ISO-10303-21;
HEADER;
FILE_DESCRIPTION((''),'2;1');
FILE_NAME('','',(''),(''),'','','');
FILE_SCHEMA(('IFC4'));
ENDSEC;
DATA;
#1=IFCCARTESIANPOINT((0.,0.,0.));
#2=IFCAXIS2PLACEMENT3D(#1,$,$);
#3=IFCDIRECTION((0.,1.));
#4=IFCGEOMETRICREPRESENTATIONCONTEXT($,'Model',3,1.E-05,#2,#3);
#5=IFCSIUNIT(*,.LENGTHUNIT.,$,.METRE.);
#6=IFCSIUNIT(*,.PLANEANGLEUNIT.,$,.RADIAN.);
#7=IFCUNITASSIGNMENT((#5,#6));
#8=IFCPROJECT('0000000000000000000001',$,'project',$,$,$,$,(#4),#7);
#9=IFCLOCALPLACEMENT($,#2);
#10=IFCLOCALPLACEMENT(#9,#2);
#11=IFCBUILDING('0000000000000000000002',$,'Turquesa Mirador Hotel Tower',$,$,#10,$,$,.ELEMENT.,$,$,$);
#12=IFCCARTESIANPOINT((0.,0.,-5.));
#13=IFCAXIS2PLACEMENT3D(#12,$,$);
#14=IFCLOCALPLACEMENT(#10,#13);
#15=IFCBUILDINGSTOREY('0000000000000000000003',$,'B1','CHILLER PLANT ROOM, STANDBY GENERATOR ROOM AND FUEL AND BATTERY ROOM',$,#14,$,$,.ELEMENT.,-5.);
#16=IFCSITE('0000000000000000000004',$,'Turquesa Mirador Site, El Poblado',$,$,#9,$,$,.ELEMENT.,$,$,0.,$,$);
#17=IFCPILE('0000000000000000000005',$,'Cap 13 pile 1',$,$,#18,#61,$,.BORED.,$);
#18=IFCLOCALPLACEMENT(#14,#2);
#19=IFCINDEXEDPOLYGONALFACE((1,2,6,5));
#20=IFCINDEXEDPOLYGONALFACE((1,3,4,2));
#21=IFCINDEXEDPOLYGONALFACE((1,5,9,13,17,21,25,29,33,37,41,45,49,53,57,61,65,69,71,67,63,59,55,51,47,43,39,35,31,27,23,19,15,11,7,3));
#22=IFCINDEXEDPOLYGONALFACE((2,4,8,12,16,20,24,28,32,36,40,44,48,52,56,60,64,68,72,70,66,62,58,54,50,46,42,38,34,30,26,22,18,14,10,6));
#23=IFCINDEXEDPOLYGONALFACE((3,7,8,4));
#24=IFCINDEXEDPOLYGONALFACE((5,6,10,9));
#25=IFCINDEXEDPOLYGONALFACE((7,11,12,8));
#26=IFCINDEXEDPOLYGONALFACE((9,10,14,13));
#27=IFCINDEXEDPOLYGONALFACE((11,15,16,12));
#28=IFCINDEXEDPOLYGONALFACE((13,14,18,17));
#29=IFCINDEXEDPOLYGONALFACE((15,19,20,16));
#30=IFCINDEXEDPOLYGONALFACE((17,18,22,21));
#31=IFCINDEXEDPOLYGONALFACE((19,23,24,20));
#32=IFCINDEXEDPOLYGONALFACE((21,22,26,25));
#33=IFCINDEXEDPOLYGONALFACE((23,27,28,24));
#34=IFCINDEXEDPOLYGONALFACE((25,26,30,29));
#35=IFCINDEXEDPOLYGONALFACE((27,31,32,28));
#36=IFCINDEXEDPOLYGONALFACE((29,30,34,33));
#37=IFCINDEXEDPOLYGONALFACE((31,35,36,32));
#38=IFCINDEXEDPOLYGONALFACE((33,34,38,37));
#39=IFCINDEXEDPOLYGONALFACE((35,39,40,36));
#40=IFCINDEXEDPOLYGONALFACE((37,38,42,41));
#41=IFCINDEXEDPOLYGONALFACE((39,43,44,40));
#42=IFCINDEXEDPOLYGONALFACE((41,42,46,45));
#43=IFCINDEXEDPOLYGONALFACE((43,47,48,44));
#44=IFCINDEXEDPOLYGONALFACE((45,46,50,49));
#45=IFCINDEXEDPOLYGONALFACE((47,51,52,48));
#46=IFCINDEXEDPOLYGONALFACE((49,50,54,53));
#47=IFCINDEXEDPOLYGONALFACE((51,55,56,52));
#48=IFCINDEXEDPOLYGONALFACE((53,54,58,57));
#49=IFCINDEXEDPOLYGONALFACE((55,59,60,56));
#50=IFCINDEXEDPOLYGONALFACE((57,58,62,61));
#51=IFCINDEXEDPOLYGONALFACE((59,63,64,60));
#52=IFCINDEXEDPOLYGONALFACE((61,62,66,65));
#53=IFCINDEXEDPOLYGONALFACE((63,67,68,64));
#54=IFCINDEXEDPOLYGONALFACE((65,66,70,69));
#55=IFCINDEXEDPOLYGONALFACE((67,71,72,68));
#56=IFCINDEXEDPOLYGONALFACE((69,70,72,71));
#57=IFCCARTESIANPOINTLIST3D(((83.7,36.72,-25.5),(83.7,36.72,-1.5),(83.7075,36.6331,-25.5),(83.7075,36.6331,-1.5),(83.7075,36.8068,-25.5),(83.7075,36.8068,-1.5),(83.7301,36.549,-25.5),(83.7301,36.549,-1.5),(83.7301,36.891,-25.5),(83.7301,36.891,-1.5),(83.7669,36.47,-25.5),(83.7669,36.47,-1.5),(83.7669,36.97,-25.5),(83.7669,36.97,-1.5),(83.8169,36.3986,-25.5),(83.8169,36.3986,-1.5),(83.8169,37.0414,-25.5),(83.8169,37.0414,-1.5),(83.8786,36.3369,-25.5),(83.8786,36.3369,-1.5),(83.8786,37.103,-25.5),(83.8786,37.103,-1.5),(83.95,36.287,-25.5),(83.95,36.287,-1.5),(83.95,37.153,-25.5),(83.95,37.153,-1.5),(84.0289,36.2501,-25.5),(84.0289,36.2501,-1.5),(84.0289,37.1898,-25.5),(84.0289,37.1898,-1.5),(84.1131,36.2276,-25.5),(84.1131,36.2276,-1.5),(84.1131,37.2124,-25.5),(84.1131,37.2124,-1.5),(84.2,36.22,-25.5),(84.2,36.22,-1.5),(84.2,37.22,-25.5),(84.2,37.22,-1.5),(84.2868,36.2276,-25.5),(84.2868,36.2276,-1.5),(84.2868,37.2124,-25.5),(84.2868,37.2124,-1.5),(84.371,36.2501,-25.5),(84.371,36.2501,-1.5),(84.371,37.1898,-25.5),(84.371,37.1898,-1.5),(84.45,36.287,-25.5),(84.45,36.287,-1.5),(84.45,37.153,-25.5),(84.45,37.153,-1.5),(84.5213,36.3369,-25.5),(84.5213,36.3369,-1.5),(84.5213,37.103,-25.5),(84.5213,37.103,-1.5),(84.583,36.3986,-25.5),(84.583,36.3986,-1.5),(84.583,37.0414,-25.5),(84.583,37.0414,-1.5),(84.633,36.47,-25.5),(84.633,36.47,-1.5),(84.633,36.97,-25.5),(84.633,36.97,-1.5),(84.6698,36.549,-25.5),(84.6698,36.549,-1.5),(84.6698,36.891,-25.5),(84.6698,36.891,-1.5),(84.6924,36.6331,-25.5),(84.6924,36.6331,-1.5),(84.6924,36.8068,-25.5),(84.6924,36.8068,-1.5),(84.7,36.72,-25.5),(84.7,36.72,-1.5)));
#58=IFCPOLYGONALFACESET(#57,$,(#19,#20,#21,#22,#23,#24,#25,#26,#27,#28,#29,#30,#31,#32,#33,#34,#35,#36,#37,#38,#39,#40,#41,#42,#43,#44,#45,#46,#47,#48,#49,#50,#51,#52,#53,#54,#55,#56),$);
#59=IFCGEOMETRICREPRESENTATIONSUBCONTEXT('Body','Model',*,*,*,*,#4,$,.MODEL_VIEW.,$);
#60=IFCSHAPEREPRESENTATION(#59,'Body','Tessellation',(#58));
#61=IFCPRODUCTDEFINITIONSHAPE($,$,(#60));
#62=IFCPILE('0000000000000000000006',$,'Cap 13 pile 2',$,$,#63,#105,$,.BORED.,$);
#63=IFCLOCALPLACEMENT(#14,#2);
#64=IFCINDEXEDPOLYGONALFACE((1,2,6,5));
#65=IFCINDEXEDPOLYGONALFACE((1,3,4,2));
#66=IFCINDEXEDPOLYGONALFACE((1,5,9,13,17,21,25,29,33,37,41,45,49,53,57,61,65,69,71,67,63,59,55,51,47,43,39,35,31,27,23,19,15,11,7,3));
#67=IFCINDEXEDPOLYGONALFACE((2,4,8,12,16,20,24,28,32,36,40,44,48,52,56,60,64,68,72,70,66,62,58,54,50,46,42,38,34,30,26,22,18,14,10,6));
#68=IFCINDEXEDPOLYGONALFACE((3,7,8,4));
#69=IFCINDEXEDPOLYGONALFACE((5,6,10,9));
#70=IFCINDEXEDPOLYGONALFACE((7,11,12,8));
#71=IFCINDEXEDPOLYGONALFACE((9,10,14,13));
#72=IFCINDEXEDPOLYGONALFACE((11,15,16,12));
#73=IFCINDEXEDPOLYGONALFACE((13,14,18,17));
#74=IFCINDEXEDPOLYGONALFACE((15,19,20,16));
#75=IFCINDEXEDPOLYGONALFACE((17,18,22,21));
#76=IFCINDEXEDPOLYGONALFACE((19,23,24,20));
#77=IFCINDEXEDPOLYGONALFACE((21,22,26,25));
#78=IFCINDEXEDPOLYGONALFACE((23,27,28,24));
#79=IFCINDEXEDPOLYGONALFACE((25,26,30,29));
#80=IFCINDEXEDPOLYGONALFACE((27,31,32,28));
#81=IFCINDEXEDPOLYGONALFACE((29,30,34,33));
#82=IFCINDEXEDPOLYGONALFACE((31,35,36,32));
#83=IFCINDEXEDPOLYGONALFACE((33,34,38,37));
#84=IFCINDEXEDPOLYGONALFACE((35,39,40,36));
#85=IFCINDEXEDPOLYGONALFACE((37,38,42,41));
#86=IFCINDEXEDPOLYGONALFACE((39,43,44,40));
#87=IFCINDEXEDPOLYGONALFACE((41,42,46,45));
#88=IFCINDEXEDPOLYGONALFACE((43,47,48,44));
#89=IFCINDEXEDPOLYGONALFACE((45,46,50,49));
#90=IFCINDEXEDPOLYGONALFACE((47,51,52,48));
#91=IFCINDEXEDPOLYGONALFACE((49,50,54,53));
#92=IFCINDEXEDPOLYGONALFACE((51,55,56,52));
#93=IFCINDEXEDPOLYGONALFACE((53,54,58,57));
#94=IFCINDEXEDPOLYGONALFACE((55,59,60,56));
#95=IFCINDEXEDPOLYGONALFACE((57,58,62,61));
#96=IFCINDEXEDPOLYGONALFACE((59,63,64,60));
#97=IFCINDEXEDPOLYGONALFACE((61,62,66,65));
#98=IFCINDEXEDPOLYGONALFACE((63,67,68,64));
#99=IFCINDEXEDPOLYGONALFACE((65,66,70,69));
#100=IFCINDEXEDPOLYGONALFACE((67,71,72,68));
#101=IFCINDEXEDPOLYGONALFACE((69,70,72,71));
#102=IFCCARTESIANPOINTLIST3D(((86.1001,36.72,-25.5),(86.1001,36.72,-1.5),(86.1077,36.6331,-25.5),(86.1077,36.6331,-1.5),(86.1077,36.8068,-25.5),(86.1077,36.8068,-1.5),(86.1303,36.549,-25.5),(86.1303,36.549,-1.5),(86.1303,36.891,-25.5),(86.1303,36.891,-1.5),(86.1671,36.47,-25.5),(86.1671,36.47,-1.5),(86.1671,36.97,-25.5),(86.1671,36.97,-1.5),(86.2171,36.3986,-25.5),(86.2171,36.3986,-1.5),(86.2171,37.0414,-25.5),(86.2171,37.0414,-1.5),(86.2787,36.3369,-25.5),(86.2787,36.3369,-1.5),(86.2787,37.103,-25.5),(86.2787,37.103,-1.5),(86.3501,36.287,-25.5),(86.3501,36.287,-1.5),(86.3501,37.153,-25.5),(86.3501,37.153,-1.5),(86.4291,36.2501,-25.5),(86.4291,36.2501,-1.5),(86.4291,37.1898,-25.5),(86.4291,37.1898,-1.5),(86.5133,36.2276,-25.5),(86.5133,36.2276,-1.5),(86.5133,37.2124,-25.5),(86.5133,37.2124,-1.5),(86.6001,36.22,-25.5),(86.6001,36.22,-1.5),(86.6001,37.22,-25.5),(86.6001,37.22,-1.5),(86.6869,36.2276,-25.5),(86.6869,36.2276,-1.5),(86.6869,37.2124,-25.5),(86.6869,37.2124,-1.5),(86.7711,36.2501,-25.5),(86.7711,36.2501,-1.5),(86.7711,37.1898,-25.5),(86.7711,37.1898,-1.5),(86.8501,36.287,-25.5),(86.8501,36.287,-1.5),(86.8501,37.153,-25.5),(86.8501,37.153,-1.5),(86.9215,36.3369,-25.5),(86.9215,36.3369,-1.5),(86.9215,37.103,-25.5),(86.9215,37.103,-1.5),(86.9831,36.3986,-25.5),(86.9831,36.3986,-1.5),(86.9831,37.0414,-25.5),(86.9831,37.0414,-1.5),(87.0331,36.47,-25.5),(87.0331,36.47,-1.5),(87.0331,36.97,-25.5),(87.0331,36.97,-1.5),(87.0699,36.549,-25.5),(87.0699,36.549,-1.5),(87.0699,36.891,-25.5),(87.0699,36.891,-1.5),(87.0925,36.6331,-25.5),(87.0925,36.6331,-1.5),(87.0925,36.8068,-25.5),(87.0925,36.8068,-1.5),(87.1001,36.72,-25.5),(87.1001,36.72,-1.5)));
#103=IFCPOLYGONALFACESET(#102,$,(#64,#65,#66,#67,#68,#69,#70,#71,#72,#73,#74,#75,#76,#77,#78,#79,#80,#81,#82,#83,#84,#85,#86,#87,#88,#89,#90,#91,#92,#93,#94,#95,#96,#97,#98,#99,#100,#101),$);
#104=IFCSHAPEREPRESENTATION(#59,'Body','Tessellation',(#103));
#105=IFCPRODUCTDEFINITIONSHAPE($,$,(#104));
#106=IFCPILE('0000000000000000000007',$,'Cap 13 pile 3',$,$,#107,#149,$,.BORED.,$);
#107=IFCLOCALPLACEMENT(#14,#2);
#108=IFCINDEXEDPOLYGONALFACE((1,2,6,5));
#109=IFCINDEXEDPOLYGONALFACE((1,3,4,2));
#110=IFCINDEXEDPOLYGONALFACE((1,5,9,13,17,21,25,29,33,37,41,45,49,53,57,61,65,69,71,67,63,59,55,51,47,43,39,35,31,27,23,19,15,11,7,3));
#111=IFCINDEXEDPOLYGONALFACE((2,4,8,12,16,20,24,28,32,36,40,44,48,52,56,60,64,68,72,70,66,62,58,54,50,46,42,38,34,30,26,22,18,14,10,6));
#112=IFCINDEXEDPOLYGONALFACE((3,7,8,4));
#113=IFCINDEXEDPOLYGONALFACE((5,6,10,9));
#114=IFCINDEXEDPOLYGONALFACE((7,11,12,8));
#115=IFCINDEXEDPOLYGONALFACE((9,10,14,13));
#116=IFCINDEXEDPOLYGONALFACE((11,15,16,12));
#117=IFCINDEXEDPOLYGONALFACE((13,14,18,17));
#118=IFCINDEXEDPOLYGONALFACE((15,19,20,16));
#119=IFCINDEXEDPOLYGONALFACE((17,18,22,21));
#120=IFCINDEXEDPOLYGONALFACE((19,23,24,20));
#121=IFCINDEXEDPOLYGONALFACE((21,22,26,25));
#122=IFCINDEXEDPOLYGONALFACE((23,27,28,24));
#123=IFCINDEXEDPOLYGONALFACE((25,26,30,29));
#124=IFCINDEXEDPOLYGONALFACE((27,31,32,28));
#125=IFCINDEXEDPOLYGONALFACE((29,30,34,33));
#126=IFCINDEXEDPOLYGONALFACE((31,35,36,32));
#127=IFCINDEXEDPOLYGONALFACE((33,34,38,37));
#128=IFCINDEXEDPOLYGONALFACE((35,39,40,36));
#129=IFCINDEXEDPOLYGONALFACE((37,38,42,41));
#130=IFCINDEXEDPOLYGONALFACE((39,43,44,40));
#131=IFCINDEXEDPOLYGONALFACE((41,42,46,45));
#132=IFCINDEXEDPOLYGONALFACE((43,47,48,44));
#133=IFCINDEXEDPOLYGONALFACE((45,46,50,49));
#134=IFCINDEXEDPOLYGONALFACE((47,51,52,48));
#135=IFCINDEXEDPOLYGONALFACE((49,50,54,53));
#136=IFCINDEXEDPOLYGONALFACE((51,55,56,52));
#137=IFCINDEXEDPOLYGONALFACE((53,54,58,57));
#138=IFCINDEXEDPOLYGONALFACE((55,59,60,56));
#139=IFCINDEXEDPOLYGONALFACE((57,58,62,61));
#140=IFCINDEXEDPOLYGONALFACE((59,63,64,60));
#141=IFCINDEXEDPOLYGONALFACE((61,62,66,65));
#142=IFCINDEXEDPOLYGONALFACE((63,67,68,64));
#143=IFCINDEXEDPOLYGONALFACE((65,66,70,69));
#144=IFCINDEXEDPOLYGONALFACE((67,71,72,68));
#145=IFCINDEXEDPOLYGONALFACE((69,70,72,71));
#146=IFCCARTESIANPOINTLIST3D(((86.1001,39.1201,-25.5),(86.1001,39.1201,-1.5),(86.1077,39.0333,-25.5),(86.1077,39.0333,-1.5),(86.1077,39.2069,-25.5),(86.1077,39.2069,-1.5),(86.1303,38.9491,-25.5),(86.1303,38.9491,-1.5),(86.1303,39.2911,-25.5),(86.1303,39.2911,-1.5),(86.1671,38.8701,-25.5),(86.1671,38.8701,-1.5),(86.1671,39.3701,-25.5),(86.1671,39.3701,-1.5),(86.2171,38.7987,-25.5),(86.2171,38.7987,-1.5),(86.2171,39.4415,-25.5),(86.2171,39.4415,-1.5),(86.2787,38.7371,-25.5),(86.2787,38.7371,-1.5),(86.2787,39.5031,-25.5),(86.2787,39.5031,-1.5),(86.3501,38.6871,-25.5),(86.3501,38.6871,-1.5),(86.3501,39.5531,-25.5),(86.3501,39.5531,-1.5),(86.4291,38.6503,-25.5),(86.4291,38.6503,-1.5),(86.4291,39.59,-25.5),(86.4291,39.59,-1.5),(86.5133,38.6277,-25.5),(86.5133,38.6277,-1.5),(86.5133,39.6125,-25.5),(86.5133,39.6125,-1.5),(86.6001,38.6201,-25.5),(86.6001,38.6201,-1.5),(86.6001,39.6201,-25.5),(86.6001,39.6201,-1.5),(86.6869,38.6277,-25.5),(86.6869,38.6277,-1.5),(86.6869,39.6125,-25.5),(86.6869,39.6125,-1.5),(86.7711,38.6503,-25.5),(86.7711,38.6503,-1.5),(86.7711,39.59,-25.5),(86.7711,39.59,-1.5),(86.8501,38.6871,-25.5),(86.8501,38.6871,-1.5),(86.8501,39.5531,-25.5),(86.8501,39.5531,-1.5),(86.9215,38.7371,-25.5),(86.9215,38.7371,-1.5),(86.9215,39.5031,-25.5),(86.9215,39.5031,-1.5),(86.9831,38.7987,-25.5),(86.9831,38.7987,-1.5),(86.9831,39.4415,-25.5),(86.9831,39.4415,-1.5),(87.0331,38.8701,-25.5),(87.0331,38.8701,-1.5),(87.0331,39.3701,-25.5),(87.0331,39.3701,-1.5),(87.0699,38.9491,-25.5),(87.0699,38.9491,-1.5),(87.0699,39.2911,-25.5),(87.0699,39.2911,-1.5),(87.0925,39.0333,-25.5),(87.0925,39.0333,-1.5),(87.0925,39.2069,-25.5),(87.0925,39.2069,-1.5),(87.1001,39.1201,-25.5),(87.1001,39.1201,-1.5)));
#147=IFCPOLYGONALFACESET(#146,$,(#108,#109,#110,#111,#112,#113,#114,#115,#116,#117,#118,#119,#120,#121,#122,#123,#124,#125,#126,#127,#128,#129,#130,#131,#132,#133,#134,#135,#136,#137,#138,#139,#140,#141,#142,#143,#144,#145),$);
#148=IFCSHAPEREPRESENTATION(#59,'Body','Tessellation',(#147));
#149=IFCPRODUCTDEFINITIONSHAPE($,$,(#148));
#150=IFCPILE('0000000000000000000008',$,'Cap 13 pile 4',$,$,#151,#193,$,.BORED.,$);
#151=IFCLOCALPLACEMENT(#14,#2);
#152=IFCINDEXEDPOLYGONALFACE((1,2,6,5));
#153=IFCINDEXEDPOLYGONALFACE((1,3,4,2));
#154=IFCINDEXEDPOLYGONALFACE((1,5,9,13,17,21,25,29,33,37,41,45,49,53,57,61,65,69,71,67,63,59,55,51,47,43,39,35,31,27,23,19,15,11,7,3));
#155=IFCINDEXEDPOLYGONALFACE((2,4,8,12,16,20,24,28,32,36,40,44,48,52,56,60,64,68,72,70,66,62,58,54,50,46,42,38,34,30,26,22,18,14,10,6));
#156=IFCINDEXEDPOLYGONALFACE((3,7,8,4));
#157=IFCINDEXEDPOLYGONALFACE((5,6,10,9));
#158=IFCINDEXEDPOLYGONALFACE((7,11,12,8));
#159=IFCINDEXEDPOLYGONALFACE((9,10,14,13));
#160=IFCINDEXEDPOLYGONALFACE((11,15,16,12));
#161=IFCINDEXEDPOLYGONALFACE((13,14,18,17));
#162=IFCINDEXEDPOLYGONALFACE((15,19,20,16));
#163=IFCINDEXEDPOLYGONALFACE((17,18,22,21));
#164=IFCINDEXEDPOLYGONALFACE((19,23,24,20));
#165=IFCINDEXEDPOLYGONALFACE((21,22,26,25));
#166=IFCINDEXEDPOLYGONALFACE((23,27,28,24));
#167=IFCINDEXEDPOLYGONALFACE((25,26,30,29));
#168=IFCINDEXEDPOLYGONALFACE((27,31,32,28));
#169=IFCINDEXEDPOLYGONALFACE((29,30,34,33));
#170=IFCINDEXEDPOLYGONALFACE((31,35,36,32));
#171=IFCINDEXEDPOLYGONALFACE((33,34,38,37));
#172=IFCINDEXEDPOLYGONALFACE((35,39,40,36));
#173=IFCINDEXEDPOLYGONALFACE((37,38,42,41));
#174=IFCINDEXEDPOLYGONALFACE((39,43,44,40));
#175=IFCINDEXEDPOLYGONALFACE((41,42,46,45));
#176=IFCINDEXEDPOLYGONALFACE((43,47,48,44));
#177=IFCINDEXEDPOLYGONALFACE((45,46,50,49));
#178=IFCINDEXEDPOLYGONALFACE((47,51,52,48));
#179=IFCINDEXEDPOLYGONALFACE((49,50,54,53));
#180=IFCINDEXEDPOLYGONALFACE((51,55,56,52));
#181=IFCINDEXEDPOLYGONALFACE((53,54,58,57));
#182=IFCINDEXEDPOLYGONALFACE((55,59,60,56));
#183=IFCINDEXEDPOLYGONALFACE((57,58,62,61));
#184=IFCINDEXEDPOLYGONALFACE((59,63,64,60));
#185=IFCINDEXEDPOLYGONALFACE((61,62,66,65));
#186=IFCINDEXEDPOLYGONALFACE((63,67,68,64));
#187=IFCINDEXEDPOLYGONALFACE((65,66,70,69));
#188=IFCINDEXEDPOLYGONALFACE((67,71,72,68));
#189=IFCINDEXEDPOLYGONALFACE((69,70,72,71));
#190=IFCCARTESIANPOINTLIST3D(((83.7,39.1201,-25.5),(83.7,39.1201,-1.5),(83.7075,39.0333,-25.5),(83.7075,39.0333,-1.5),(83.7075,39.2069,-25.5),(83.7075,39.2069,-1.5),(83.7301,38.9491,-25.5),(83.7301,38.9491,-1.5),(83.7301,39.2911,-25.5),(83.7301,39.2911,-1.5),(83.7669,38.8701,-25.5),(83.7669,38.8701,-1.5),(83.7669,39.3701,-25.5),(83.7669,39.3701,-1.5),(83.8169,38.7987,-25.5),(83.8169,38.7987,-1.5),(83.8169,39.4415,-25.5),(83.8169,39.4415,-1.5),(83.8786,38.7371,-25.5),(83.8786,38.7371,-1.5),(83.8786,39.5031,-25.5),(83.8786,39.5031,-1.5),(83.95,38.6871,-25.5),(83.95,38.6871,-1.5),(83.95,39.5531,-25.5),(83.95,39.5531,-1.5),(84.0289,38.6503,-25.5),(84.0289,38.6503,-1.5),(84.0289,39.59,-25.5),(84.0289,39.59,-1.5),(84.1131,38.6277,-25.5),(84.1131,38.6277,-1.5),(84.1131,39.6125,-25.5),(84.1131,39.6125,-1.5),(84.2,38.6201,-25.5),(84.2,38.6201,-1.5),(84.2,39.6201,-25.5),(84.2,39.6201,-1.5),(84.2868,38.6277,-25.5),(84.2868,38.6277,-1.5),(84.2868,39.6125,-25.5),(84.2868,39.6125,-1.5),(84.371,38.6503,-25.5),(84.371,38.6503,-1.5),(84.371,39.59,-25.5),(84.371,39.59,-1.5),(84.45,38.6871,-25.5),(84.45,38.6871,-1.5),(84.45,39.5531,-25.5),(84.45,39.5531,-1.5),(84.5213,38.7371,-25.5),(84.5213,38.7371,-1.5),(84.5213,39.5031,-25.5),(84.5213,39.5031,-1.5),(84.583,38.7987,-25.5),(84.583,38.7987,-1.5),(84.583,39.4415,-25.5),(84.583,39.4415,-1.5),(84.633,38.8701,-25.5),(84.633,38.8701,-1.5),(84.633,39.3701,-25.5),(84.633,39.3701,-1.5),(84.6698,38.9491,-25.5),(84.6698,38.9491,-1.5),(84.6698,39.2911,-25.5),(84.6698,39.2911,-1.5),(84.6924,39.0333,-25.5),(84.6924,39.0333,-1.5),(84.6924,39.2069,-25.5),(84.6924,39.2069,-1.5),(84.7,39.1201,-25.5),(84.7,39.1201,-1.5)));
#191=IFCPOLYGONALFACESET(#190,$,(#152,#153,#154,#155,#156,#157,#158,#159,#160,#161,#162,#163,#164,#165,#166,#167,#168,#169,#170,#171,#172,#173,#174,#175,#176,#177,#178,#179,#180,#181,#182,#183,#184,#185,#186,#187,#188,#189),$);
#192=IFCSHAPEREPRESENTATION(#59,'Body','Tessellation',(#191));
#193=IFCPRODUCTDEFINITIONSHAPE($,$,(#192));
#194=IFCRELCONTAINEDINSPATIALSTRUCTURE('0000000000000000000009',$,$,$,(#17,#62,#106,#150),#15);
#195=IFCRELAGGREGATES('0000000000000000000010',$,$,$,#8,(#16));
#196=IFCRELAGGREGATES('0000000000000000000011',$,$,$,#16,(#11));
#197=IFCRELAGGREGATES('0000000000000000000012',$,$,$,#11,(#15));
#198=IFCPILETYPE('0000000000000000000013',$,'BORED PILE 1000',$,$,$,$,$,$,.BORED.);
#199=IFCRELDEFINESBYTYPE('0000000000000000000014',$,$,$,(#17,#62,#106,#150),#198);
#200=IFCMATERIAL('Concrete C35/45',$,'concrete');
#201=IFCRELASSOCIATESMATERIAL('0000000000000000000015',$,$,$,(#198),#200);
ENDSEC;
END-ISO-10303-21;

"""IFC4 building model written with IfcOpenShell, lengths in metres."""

from ifc_helpers import new_model, si_unit, direction, frame, origin, origin_2d, place, context, subcontext, project, spatial, circle, extrude, material, type_object, element, save


model = new_model("IFC4")

# Units and contexts
model_context = context("Model", 3, precision=1e-05, world=origin(), true_north=direction((0.0, 1.0)))
body_context = subcontext(model_context, "Body", "Model", "MODEL_VIEW")
ifc_project = project(units=[si_unit("LENGTHUNIT", "METRE"), si_unit("PLANEANGLEUNIT", "RADIAN")], contexts=[model_context])

# Site, building, storey
site_placement = place(None, origin())
site = spatial("IfcSite", under=ifc_project, at=site_placement, Name="Turquesa Mirador Site, El Poblado", CompositionType="ELEMENT", RefElevation=0.0)
building_placement = place(site_placement, origin())
building = spatial("IfcBuilding", under=site, at=building_placement, Name="Turquesa Mirador Hotel Tower", CompositionType="ELEMENT")
storey_placement = place(building_placement, frame((0.0, 0.0, -5.0)))
storey = spatial("IfcBuildingStorey", under=building, at=storey_placement, Name="B1", Description="CHILLER PLANT ROOM, STANDBY GENERATOR ROOM AND FUEL AND BATTERY ROOM", CompositionType="ELEMENT", Elevation=-5.0)

# Piles
ifc_material_1 = material(Name="Concrete C35/45", Category="concrete")
pile_type_1 = type_object("IfcPileType", Name="BORED PILE 1000", PredefinedType="BORED", material=ifc_material_1)
for number, where, z_axis, x_axis, name in (
    (1, (84.2, 36.72, -1.5), (0.0, 0.0, -1.0), (1.0, 0.0, 0.0), "Cap 13 pile 1"),
    (2, (86.6001, 36.72, -1.5), (0.0, 0.0, -1.0), (1.0, 0.0, 0.0), "Cap 13 pile 2"),
    (3, (86.6001, 39.1201, -1.5), (0.0, 0.0, -1.0), (1.0, 0.0, 0.0), "Cap 13 pile 3"),
    (4, (84.2, 39.1201, -1.5), (0.0, 0.0, -1.0), (1.0, 0.0, 0.0), "Cap 13 pile 4"),
):
    element("IfcPile", number, at=place(storey_placement, frame(where, z_axis=z_axis, x_axis=x_axis)), inside=storey, type_object=pile_type_1, Name=name, PredefinedType="BORED", context=body_context, shape_type="SweptSolid", body=[
        extrude(circle(Radius=0.5, at=origin_2d()), origin(), (0.0, 0.0, 1.0), 24.0),
    ])

save(model, "model.ifc")
